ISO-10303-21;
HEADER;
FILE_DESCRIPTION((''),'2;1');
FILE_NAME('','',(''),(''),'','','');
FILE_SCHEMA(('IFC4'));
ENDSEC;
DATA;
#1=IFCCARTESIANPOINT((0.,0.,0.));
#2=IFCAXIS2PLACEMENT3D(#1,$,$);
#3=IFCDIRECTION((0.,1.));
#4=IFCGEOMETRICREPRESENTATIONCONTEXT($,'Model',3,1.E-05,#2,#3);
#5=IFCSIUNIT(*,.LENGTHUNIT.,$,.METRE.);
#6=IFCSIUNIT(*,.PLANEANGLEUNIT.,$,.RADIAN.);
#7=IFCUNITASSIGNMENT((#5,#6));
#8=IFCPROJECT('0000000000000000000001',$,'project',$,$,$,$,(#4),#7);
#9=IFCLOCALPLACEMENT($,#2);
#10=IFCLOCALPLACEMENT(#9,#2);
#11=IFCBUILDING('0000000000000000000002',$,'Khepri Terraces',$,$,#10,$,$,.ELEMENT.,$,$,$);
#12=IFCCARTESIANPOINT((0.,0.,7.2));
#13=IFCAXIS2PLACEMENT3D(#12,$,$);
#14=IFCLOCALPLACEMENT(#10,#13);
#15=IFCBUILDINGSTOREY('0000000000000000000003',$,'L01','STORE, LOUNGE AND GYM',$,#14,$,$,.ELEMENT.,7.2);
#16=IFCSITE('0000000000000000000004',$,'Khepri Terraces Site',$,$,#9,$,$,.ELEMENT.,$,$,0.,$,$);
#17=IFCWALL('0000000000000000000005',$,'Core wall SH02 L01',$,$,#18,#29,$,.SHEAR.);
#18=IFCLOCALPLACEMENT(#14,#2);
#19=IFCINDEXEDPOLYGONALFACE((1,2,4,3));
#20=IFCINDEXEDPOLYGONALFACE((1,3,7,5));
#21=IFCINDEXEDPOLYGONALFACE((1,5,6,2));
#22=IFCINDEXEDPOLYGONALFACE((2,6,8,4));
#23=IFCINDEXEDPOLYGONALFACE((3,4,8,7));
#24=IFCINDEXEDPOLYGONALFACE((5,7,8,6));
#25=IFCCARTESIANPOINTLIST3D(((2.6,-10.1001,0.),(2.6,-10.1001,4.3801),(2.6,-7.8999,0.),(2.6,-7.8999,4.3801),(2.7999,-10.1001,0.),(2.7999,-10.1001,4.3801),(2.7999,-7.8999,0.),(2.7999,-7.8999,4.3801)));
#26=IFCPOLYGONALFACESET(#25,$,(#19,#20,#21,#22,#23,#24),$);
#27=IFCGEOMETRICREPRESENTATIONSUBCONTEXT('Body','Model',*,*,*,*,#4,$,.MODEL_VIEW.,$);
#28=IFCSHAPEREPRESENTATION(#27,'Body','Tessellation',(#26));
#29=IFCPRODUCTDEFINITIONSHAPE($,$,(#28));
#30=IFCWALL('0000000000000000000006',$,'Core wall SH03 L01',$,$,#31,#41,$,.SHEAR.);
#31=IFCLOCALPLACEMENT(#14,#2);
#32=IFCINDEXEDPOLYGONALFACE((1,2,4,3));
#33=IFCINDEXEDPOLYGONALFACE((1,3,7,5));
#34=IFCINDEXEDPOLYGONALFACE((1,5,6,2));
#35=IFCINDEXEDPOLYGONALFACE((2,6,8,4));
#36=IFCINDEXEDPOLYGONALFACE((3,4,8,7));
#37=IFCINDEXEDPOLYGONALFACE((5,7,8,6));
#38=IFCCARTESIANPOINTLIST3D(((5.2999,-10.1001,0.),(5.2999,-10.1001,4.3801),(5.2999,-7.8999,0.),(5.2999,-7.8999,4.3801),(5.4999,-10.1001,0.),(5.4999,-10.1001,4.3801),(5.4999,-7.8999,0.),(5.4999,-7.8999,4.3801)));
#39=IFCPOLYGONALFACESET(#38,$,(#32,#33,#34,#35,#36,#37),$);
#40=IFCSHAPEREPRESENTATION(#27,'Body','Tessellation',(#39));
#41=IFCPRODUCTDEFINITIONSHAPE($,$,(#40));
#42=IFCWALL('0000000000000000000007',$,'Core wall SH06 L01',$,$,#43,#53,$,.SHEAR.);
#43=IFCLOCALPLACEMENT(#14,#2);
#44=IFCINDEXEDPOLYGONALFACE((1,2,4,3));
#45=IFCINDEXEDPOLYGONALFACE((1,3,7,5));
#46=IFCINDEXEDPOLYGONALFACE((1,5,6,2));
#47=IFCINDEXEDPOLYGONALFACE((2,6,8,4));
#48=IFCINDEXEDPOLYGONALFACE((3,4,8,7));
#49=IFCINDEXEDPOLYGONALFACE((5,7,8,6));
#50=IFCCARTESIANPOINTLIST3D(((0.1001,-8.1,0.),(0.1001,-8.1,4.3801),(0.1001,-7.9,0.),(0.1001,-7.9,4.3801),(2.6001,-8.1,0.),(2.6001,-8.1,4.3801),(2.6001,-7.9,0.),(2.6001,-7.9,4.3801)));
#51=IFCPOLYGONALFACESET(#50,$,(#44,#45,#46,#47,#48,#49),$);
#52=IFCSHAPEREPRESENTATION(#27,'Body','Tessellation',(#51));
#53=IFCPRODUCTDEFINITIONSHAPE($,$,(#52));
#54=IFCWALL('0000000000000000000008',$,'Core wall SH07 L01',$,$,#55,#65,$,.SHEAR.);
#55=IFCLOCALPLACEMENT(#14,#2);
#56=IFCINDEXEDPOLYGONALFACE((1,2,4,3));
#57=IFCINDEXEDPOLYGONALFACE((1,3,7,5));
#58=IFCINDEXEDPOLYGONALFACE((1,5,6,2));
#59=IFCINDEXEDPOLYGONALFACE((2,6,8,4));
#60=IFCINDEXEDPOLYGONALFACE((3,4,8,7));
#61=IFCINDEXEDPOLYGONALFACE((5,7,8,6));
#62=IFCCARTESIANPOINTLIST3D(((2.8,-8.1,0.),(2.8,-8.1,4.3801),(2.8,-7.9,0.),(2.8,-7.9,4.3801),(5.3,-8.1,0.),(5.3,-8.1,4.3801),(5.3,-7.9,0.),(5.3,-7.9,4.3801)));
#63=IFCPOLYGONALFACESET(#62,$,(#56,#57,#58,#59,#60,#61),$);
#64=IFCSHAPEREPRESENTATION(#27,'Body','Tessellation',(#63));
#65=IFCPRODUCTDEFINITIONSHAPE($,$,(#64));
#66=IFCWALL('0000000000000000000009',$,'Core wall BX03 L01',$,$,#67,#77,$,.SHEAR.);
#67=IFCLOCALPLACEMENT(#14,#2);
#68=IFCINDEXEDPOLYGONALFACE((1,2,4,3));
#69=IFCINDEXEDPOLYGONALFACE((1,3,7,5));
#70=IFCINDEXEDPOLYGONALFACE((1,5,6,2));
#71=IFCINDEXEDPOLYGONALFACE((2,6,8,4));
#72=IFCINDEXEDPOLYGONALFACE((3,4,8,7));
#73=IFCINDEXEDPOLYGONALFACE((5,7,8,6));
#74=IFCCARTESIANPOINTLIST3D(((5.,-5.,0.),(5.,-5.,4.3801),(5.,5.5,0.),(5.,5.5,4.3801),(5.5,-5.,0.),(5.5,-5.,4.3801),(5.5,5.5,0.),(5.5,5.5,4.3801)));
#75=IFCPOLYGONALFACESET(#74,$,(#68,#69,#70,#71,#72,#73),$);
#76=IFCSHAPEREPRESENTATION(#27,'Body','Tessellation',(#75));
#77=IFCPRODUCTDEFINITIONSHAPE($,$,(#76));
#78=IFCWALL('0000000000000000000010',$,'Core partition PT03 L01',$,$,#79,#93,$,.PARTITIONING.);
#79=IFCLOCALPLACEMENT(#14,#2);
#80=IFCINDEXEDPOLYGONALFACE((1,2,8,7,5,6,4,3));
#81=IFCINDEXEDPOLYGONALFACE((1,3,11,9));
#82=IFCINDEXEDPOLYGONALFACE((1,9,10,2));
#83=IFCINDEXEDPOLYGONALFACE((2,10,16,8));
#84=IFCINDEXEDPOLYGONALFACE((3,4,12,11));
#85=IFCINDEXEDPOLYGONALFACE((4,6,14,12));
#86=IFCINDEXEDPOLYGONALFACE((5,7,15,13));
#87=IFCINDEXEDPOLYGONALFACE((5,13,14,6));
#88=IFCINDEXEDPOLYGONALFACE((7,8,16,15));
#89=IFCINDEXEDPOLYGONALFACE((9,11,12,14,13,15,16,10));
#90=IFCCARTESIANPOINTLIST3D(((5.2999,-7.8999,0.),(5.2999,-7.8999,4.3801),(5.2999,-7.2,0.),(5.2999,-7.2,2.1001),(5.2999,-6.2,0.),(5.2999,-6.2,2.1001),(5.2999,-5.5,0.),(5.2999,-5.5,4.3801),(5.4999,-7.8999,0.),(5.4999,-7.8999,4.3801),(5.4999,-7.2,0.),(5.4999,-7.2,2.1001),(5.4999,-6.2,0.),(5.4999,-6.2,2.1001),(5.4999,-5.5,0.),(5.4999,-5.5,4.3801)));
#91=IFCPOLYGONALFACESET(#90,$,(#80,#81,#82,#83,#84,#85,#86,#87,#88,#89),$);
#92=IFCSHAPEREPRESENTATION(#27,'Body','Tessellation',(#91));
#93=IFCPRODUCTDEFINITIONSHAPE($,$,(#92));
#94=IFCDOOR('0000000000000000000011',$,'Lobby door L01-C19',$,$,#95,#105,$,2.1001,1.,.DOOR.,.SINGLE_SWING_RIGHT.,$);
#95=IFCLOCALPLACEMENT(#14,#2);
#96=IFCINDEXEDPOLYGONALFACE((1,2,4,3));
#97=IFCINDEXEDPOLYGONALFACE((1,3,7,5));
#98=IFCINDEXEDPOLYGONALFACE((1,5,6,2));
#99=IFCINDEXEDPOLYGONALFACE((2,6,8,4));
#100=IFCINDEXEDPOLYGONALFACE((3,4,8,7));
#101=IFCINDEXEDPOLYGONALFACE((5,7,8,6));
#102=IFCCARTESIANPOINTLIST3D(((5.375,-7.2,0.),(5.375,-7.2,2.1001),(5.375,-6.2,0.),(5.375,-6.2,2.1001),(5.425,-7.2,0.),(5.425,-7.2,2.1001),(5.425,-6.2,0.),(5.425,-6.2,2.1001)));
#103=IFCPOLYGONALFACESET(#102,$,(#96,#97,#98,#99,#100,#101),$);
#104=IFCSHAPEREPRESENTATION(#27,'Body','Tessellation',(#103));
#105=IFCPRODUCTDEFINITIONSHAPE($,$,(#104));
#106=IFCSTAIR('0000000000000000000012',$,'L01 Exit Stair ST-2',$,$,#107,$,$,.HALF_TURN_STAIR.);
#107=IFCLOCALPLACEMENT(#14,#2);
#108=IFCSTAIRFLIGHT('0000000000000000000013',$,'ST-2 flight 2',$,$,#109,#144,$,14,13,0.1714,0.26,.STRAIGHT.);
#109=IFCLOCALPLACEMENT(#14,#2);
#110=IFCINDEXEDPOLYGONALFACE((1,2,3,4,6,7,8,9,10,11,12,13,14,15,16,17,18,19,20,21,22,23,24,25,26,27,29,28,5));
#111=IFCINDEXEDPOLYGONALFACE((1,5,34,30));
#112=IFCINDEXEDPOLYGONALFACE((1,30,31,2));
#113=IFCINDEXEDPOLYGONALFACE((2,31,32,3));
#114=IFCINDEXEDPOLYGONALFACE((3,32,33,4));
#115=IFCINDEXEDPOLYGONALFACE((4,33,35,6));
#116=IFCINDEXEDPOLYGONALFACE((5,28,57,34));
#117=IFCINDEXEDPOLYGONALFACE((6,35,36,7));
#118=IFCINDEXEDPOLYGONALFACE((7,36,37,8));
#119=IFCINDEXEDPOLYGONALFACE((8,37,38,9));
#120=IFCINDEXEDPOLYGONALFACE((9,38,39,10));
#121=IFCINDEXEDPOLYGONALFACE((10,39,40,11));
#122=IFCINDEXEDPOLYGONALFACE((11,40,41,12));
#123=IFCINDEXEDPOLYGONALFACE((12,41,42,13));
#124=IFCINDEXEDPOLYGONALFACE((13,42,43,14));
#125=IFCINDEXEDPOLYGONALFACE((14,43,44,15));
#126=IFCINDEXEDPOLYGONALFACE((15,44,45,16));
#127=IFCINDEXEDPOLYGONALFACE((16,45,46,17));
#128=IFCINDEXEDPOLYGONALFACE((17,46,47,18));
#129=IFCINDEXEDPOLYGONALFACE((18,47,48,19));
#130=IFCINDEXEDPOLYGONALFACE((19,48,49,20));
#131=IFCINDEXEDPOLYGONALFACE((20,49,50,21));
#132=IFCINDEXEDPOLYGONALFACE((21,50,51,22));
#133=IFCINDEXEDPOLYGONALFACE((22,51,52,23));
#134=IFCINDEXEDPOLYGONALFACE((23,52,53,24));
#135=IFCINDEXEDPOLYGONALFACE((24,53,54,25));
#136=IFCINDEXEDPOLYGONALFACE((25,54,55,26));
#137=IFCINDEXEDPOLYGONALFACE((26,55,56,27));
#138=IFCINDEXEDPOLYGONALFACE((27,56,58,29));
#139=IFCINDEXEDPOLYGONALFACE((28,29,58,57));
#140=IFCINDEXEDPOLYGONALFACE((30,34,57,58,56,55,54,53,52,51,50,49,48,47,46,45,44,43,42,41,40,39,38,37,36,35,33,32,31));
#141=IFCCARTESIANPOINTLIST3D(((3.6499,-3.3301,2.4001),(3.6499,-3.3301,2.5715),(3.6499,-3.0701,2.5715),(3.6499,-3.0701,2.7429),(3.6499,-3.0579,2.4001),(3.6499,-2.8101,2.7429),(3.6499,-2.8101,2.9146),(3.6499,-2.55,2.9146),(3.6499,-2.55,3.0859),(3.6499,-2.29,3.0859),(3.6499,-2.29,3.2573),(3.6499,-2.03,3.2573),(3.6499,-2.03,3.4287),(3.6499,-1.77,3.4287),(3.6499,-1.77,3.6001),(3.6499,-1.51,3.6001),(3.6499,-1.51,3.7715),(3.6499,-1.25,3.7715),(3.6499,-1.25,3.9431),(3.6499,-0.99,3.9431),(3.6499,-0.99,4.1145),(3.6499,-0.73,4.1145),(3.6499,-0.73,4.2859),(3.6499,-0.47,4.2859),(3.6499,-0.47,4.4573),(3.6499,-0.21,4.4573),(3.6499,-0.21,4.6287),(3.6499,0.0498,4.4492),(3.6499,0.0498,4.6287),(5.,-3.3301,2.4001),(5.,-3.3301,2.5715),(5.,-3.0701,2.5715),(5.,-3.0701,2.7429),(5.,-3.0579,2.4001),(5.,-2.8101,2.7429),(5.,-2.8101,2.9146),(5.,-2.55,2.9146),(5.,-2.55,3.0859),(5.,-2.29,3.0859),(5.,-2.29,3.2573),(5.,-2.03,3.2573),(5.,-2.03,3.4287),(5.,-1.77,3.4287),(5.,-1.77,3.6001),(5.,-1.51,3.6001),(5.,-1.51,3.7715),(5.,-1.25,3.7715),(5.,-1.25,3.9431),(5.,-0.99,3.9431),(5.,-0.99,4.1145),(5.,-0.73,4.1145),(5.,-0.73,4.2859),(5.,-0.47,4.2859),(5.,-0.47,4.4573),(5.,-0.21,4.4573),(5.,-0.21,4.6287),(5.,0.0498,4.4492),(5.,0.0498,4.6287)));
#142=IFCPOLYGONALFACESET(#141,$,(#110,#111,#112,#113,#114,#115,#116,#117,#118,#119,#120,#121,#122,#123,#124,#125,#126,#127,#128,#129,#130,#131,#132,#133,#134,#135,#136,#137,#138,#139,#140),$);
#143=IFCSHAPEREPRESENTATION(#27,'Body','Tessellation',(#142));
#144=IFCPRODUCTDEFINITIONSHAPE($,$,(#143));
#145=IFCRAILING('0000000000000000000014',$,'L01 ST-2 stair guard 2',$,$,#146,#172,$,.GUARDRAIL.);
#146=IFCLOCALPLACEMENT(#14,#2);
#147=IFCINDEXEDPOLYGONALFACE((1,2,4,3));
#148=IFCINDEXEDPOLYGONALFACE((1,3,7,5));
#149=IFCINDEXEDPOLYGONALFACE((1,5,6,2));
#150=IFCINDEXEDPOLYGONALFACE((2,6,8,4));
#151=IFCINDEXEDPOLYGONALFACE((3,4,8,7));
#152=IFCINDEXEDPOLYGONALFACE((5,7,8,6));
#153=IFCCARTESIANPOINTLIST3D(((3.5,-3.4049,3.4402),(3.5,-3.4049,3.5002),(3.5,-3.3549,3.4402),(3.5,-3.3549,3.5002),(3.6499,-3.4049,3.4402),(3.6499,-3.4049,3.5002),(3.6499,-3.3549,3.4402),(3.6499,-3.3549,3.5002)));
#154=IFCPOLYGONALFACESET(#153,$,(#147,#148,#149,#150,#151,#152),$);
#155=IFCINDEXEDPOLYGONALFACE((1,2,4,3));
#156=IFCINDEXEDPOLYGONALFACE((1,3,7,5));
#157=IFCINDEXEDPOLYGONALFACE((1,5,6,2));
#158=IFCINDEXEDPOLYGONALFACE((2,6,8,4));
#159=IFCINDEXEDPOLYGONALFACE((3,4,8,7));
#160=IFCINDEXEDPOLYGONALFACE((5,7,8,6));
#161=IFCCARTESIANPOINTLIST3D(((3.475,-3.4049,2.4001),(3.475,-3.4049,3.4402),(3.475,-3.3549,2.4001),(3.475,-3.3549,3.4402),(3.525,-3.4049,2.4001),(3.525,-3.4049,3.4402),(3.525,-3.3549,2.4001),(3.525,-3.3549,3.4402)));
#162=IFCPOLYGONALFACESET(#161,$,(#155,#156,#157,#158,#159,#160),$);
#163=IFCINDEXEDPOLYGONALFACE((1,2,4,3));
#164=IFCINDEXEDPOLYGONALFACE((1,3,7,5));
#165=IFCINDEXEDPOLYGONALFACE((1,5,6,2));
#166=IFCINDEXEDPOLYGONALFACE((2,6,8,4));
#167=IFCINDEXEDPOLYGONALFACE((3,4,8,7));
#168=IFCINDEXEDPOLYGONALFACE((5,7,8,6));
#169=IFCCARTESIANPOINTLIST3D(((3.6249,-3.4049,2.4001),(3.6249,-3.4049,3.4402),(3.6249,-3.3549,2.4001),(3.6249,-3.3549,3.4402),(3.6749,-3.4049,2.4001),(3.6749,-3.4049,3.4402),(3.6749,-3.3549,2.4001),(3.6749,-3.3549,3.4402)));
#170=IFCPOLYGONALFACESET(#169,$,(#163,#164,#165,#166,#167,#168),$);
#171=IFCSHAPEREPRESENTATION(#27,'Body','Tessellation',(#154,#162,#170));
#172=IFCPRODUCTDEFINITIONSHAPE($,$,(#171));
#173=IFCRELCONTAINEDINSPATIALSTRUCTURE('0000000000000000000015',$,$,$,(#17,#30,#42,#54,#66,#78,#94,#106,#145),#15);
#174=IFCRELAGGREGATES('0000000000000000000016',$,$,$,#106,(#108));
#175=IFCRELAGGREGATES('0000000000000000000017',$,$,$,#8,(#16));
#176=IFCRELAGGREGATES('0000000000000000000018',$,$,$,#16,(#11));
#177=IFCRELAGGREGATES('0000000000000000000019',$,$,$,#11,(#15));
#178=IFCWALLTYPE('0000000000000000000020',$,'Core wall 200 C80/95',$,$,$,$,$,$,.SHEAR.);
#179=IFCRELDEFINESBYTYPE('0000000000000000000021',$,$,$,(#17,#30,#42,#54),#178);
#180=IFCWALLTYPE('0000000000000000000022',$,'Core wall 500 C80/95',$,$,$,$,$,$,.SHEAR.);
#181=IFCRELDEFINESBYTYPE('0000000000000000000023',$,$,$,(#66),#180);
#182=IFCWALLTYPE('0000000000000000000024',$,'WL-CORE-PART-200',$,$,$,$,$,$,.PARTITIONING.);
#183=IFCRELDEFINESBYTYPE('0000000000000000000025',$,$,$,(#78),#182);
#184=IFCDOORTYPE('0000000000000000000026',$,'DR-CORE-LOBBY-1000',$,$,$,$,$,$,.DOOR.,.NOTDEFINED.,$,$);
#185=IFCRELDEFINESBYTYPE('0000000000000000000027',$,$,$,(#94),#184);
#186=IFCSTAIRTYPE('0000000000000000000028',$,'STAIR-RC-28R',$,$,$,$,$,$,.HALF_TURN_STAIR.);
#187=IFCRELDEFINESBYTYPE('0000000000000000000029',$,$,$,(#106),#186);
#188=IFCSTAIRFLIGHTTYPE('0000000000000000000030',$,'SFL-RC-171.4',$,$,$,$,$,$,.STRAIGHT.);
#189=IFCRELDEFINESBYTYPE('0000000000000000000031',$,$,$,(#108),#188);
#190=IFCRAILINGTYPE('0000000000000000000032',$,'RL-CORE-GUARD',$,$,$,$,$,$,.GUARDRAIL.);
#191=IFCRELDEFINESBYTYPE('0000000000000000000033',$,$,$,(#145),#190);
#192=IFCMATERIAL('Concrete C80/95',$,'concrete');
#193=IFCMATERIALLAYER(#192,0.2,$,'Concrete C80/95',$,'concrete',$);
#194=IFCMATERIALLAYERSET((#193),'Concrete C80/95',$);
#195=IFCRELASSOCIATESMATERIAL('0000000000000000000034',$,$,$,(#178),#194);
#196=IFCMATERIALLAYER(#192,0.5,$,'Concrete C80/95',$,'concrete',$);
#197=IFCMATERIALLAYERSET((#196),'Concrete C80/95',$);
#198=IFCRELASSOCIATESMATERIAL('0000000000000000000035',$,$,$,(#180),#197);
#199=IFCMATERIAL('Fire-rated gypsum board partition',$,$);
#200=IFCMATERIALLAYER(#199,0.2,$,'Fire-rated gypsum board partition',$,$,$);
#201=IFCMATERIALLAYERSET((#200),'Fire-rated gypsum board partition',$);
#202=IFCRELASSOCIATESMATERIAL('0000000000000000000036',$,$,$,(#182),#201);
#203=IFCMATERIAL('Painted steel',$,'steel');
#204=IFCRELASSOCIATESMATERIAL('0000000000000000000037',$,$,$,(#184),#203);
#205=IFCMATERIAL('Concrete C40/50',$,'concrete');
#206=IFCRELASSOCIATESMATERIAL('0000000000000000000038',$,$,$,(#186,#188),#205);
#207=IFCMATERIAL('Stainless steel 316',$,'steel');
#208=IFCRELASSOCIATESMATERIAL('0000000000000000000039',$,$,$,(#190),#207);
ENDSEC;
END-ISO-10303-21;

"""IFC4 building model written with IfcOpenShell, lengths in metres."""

from ifc_helpers import new_model, si_unit, direction, frame, frame_2d, origin, origin_2d, place, context, subcontext, project, spatial, polyline, rectangle, outline, extrude, material, layer, layer_set, type_object, element, fill, aggregate, save


model = new_model("IFC4")

# Units and contexts
model_context = context("Model", 3, precision=1e-05, world=origin(), true_north=direction((0.0, 1.0)))
body_context = subcontext(model_context, "Body", "Model", "MODEL_VIEW")
ifc_project = project(units=[si_unit("LENGTHUNIT", "METRE"), si_unit("PLANEANGLEUNIT", "RADIAN")], contexts=[model_context])

# Site, building, storey
site_placement = place(None, origin())
site = spatial("IfcSite", under=ifc_project, at=site_placement, Name="Khepri Terraces Site", CompositionType="ELEMENT", RefElevation=0.0)
building_placement = place(site_placement, origin())
building = spatial("IfcBuilding", under=site, at=building_placement, Name="Khepri Terraces", CompositionType="ELEMENT")
storey_placement = place(building_placement, frame((0.0, 0.0, 7.2)))
storey = spatial("IfcBuildingStorey", under=building, at=storey_placement, Name="L01", Description="STORE, LOUNGE AND GYM", CompositionType="ELEMENT", Elevation=7.2)

# Shared definitions
ifc_material_1 = material(Name="Concrete C40/50", Category="concrete")

# Shared definitions
ifc_material_2 = material(Name="Concrete C80/95", Category="concrete")

# Shared definitions
ifc_layer_1 = layer(ifc_material_2, 0.2, Name="Concrete C80/95", Category="concrete")
ifc_layer_set_1 = layer_set([ifc_layer_1], Name="Concrete C80/95")
wall_type_1 = type_object("IfcWallType", Name="Core wall 200 C80/95", PredefinedType="SHEAR", material=ifc_layer_set_1)
ifc_material_3 = material(Name="Painted steel", Category="steel")

# Walls
for number, where, z_axis, x_axis, name in (
    (1, (2.7, -10.1001, 0.0), (0.0, 0.0, 1.0), (0.0, 1.0, 0.0), "Core wall SH02 L01"),
    (2, (5.3999, -10.1001, 0.0), (0.0, 0.0, 1.0), (0.0, 1.0, 0.0), "Core wall SH03 L01"),
):
    element("IfcWall", number, at=place(storey_placement, frame(where, z_axis=z_axis, x_axis=x_axis)), inside=storey, type_object=wall_type_1, Name=name, PredefinedType="SHEAR", context=body_context, shape_type="SweptSolid", body=[
        extrude(rectangle(XDim=2.2002, YDim=0.2, at=frame_2d((1.1001, 0.0))), origin(), (0.0, 0.0, 1.0), 4.3801),
    ])
for number, where, z_axis, x_axis, name in (
    (3, (0.1001, -8.0, 0.0), (0.0, 0.0, 1.0), (1.0, 0.0, 0.0), "Core wall SH06 L01"),
    (4, (2.8, -8.0, 0.0), (0.0, 0.0, 1.0), (1.0, 0.0, 0.0), "Core wall SH07 L01"),
):
    element("IfcWall", number, at=place(storey_placement, frame(where, z_axis=z_axis, x_axis=x_axis)), inside=storey, type_object=wall_type_1, Name=name, PredefinedType="SHEAR", context=body_context, shape_type="SweptSolid", body=[
        extrude(rectangle(XDim=2.5, YDim=0.2, at=frame_2d((1.25, 0.0))), origin(), (0.0, 0.0, 1.0), 4.3801),
    ])
ifc_layer_2 = layer(ifc_material_2, 0.5, Name="Concrete C80/95", Category="concrete")
ifc_layer_set_2 = layer_set([ifc_layer_2], Name="Concrete C80/95")
wall_type_2 = type_object("IfcWallType", Name="Core wall 500 C80/95", PredefinedType="SHEAR", material=ifc_layer_set_2)
wall_1_placement = place(storey_placement, frame((5.25, -5.0, 0.0), z_axis=(0.0, 0.0, 1.0), x_axis=(0.0, 1.0, 0.0)))
element("IfcWall", 5, at=wall_1_placement, inside=storey, type_object=wall_type_2, Name="Core wall BX03 L01", PredefinedType="SHEAR", context=body_context, shape_type="SweptSolid", body=[
    extrude(rectangle(XDim=10.5, YDim=0.5, at=frame_2d((5.25, 0.0))), origin(), (0.0, 0.0, 1.0), 4.3801),
])

# Wall, opening, door
ifc_material_4 = material(Name="Fire-rated gypsum board partition")
ifc_layer_3 = layer(ifc_material_4, 0.2, Name="Fire-rated gypsum board partition")
ifc_layer_set_3 = layer_set([ifc_layer_3], Name="Fire-rated gypsum board partition")
wall_type_3 = type_object("IfcWallType", Name="WL-CORE-PART-200", PredefinedType="PARTITIONING", material=ifc_layer_set_3)
wall_2_placement = place(storey_placement, frame((5.3999, -7.8999, 0.0), z_axis=(0.0, 0.0, 1.0), x_axis=(0.0, 1.0, 0.0)))
wall_2 = element("IfcWall", 6, at=wall_2_placement, inside=storey, type_object=wall_type_3, Name="Core partition PT03 L01", PredefinedType="PARTITIONING", context=body_context, shape_type="SweptSolid", body=[
    extrude(rectangle(XDim=2.3999, YDim=0.2, at=frame_2d((1.2, 0.0))), origin(), (0.0, 0.0, 1.0), 4.3801),
])
opening_1_placement = place(wall_2_placement, frame((0.7, 0.0, 0.0)))
opening_1 = element("IfcOpeningElement", 7, at=opening_1_placement, cuts=wall_2, PredefinedType="OPENING", context=body_context, shape_type="SweptSolid", body=[
    extrude(rectangle(XDim=1.0, YDim=2.1001, at=frame_2d((0.5, 1.05))), frame((0.0, 0.1099, 0.0), z_axis=(0.0, -1.0, 0.0), x_axis=(1.0, 0.0, 0.0)), (0.0, 0.0, 1.0), 0.22),
])
door_type_1 = type_object("IfcDoorType", Name="DR-CORE-LOBBY-1000", OperationType="NOTDEFINED", PredefinedType="DOOR", material=ifc_material_3)
door_1_placement = place(opening_1_placement, origin())
door_1 = element("IfcDoor", 8, at=door_1_placement, inside=storey, type_object=door_type_1, Name="Lobby door L01-C19", OperationType="SINGLE_SWING_RIGHT", OverallHeight=2.1001, OverallWidth=1.0, PredefinedType="DOOR", context=body_context, shape_type="SweptSolid", body=[
    extrude(rectangle(XDim=1.0, YDim=2.1001, at=frame_2d((0.5, 1.05))), frame((0.0, 0.0249, 0.0), z_axis=(0.0, -1.0, 0.0), x_axis=(1.0, 0.0, 0.0)), (0.0, 0.0, 1.0), 0.05),
])
fill(opening_1, door_1)

# Stair, stair flight
stair_type = type_object("IfcStairType", Name="STAIR-RC-28R", PredefinedType="HALF_TURN_STAIR", material=ifc_material_1)
stair_placement = place(storey_placement, origin())
stair = element("IfcStair", 9, at=stair_placement, inside=storey, type_object=stair_type, Name="L01 Exit Stair ST-2", PredefinedType="HALF_TURN_STAIR")
stair_flight_type = type_object("IfcStairFlightType", Name="SFL-RC-171.4", PredefinedType="STRAIGHT", material=ifc_material_1)
stair_flight_placement = place(storey_placement, frame((4.325, -3.3301, 2.4001), z_axis=(0.0, 0.0, 1.0), x_axis=(0.0, 1.0, 0.0)))
stair_flight = element("IfcStairFlight", 10, at=stair_flight_placement, type_object=stair_flight_type, Name="ST-2 flight 2", NumberOfRisers=14, NumberOfTreads=13, PredefinedType="STRAIGHT", RiserHeight=0.1714, TreadLength=0.26, context=body_context, shape_type="SweptSolid", body=[
    extrude(outline(polyline([(0.0, 0.0), (0.0, 0.1714), (0.26, 0.1714), (0.26, 0.3428), (0.52, 0.3428), (0.52, 0.5144), (0.78, 0.5144), (0.78, 0.6858), (1.04, 0.6858), (1.04, 0.8572), (1.3, 0.8572), (1.3, 1.0286), (1.5601, 1.0286), (1.5601, 1.2), (1.8201, 1.2), (1.8201, 1.3713), (2.0801, 1.3713), (2.0801, 1.543), (2.3401, 1.543), (2.3401, 1.7144), (2.6001, 1.7144), (2.6001, 1.8857), (2.8601, 1.8857), (2.8601, 2.0571), (3.1201, 2.0571), (3.1201, 2.2285), (3.3799, 2.2285), (3.3799, 2.3999), (3.3799, 2.0491), (0.2722, 0.0), (0.0, 0.0)])), frame((0.0, 0.675, 0.0), z_axis=(0.0, -1.0, 0.0), x_axis=(1.0, 0.0, 0.0)), (0.0, 0.0, 1.0), 1.3501),
])
aggregate(stair, [stair_flight])

# Railing
ifc_material_5 = material(Name="Stainless steel 316", Category="steel")
railing_type_1 = type_object("IfcRailingType", Name="RL-CORE-GUARD", PredefinedType="GUARDRAIL", material=ifc_material_5)
railing_1_placement = place(storey_placement, frame((3.5, -3.3799, 2.4001)))
element("IfcRailing", 11, at=railing_1_placement, inside=storey, type_object=railing_type_1, Name="L01 ST-2 stair guard 2", PredefinedType="GUARDRAIL", context=body_context, shape_type="SweptSolid", body=[
    extrude(rectangle(XDim=0.05, YDim=0.0601, at=origin_2d()), frame((0.0, 0.0, 1.0701), z_axis=(1.0, 0.0, 0.0), x_axis=(0.0, 1.0, 0.0)), (0.0, 0.0, 1.0), 0.1499),
    extrude(rectangle(XDim=0.05, YDim=0.05, at=origin_2d()), origin(), (0.0, 0.0, 1.0), 1.04),
    extrude(rectangle(XDim=0.05, YDim=0.05, at=origin_2d()), frame((0.1499, 0.0, 0.0)), (0.0, 0.0, 1.0), 1.04),
])

save(model, "model.ifc")
